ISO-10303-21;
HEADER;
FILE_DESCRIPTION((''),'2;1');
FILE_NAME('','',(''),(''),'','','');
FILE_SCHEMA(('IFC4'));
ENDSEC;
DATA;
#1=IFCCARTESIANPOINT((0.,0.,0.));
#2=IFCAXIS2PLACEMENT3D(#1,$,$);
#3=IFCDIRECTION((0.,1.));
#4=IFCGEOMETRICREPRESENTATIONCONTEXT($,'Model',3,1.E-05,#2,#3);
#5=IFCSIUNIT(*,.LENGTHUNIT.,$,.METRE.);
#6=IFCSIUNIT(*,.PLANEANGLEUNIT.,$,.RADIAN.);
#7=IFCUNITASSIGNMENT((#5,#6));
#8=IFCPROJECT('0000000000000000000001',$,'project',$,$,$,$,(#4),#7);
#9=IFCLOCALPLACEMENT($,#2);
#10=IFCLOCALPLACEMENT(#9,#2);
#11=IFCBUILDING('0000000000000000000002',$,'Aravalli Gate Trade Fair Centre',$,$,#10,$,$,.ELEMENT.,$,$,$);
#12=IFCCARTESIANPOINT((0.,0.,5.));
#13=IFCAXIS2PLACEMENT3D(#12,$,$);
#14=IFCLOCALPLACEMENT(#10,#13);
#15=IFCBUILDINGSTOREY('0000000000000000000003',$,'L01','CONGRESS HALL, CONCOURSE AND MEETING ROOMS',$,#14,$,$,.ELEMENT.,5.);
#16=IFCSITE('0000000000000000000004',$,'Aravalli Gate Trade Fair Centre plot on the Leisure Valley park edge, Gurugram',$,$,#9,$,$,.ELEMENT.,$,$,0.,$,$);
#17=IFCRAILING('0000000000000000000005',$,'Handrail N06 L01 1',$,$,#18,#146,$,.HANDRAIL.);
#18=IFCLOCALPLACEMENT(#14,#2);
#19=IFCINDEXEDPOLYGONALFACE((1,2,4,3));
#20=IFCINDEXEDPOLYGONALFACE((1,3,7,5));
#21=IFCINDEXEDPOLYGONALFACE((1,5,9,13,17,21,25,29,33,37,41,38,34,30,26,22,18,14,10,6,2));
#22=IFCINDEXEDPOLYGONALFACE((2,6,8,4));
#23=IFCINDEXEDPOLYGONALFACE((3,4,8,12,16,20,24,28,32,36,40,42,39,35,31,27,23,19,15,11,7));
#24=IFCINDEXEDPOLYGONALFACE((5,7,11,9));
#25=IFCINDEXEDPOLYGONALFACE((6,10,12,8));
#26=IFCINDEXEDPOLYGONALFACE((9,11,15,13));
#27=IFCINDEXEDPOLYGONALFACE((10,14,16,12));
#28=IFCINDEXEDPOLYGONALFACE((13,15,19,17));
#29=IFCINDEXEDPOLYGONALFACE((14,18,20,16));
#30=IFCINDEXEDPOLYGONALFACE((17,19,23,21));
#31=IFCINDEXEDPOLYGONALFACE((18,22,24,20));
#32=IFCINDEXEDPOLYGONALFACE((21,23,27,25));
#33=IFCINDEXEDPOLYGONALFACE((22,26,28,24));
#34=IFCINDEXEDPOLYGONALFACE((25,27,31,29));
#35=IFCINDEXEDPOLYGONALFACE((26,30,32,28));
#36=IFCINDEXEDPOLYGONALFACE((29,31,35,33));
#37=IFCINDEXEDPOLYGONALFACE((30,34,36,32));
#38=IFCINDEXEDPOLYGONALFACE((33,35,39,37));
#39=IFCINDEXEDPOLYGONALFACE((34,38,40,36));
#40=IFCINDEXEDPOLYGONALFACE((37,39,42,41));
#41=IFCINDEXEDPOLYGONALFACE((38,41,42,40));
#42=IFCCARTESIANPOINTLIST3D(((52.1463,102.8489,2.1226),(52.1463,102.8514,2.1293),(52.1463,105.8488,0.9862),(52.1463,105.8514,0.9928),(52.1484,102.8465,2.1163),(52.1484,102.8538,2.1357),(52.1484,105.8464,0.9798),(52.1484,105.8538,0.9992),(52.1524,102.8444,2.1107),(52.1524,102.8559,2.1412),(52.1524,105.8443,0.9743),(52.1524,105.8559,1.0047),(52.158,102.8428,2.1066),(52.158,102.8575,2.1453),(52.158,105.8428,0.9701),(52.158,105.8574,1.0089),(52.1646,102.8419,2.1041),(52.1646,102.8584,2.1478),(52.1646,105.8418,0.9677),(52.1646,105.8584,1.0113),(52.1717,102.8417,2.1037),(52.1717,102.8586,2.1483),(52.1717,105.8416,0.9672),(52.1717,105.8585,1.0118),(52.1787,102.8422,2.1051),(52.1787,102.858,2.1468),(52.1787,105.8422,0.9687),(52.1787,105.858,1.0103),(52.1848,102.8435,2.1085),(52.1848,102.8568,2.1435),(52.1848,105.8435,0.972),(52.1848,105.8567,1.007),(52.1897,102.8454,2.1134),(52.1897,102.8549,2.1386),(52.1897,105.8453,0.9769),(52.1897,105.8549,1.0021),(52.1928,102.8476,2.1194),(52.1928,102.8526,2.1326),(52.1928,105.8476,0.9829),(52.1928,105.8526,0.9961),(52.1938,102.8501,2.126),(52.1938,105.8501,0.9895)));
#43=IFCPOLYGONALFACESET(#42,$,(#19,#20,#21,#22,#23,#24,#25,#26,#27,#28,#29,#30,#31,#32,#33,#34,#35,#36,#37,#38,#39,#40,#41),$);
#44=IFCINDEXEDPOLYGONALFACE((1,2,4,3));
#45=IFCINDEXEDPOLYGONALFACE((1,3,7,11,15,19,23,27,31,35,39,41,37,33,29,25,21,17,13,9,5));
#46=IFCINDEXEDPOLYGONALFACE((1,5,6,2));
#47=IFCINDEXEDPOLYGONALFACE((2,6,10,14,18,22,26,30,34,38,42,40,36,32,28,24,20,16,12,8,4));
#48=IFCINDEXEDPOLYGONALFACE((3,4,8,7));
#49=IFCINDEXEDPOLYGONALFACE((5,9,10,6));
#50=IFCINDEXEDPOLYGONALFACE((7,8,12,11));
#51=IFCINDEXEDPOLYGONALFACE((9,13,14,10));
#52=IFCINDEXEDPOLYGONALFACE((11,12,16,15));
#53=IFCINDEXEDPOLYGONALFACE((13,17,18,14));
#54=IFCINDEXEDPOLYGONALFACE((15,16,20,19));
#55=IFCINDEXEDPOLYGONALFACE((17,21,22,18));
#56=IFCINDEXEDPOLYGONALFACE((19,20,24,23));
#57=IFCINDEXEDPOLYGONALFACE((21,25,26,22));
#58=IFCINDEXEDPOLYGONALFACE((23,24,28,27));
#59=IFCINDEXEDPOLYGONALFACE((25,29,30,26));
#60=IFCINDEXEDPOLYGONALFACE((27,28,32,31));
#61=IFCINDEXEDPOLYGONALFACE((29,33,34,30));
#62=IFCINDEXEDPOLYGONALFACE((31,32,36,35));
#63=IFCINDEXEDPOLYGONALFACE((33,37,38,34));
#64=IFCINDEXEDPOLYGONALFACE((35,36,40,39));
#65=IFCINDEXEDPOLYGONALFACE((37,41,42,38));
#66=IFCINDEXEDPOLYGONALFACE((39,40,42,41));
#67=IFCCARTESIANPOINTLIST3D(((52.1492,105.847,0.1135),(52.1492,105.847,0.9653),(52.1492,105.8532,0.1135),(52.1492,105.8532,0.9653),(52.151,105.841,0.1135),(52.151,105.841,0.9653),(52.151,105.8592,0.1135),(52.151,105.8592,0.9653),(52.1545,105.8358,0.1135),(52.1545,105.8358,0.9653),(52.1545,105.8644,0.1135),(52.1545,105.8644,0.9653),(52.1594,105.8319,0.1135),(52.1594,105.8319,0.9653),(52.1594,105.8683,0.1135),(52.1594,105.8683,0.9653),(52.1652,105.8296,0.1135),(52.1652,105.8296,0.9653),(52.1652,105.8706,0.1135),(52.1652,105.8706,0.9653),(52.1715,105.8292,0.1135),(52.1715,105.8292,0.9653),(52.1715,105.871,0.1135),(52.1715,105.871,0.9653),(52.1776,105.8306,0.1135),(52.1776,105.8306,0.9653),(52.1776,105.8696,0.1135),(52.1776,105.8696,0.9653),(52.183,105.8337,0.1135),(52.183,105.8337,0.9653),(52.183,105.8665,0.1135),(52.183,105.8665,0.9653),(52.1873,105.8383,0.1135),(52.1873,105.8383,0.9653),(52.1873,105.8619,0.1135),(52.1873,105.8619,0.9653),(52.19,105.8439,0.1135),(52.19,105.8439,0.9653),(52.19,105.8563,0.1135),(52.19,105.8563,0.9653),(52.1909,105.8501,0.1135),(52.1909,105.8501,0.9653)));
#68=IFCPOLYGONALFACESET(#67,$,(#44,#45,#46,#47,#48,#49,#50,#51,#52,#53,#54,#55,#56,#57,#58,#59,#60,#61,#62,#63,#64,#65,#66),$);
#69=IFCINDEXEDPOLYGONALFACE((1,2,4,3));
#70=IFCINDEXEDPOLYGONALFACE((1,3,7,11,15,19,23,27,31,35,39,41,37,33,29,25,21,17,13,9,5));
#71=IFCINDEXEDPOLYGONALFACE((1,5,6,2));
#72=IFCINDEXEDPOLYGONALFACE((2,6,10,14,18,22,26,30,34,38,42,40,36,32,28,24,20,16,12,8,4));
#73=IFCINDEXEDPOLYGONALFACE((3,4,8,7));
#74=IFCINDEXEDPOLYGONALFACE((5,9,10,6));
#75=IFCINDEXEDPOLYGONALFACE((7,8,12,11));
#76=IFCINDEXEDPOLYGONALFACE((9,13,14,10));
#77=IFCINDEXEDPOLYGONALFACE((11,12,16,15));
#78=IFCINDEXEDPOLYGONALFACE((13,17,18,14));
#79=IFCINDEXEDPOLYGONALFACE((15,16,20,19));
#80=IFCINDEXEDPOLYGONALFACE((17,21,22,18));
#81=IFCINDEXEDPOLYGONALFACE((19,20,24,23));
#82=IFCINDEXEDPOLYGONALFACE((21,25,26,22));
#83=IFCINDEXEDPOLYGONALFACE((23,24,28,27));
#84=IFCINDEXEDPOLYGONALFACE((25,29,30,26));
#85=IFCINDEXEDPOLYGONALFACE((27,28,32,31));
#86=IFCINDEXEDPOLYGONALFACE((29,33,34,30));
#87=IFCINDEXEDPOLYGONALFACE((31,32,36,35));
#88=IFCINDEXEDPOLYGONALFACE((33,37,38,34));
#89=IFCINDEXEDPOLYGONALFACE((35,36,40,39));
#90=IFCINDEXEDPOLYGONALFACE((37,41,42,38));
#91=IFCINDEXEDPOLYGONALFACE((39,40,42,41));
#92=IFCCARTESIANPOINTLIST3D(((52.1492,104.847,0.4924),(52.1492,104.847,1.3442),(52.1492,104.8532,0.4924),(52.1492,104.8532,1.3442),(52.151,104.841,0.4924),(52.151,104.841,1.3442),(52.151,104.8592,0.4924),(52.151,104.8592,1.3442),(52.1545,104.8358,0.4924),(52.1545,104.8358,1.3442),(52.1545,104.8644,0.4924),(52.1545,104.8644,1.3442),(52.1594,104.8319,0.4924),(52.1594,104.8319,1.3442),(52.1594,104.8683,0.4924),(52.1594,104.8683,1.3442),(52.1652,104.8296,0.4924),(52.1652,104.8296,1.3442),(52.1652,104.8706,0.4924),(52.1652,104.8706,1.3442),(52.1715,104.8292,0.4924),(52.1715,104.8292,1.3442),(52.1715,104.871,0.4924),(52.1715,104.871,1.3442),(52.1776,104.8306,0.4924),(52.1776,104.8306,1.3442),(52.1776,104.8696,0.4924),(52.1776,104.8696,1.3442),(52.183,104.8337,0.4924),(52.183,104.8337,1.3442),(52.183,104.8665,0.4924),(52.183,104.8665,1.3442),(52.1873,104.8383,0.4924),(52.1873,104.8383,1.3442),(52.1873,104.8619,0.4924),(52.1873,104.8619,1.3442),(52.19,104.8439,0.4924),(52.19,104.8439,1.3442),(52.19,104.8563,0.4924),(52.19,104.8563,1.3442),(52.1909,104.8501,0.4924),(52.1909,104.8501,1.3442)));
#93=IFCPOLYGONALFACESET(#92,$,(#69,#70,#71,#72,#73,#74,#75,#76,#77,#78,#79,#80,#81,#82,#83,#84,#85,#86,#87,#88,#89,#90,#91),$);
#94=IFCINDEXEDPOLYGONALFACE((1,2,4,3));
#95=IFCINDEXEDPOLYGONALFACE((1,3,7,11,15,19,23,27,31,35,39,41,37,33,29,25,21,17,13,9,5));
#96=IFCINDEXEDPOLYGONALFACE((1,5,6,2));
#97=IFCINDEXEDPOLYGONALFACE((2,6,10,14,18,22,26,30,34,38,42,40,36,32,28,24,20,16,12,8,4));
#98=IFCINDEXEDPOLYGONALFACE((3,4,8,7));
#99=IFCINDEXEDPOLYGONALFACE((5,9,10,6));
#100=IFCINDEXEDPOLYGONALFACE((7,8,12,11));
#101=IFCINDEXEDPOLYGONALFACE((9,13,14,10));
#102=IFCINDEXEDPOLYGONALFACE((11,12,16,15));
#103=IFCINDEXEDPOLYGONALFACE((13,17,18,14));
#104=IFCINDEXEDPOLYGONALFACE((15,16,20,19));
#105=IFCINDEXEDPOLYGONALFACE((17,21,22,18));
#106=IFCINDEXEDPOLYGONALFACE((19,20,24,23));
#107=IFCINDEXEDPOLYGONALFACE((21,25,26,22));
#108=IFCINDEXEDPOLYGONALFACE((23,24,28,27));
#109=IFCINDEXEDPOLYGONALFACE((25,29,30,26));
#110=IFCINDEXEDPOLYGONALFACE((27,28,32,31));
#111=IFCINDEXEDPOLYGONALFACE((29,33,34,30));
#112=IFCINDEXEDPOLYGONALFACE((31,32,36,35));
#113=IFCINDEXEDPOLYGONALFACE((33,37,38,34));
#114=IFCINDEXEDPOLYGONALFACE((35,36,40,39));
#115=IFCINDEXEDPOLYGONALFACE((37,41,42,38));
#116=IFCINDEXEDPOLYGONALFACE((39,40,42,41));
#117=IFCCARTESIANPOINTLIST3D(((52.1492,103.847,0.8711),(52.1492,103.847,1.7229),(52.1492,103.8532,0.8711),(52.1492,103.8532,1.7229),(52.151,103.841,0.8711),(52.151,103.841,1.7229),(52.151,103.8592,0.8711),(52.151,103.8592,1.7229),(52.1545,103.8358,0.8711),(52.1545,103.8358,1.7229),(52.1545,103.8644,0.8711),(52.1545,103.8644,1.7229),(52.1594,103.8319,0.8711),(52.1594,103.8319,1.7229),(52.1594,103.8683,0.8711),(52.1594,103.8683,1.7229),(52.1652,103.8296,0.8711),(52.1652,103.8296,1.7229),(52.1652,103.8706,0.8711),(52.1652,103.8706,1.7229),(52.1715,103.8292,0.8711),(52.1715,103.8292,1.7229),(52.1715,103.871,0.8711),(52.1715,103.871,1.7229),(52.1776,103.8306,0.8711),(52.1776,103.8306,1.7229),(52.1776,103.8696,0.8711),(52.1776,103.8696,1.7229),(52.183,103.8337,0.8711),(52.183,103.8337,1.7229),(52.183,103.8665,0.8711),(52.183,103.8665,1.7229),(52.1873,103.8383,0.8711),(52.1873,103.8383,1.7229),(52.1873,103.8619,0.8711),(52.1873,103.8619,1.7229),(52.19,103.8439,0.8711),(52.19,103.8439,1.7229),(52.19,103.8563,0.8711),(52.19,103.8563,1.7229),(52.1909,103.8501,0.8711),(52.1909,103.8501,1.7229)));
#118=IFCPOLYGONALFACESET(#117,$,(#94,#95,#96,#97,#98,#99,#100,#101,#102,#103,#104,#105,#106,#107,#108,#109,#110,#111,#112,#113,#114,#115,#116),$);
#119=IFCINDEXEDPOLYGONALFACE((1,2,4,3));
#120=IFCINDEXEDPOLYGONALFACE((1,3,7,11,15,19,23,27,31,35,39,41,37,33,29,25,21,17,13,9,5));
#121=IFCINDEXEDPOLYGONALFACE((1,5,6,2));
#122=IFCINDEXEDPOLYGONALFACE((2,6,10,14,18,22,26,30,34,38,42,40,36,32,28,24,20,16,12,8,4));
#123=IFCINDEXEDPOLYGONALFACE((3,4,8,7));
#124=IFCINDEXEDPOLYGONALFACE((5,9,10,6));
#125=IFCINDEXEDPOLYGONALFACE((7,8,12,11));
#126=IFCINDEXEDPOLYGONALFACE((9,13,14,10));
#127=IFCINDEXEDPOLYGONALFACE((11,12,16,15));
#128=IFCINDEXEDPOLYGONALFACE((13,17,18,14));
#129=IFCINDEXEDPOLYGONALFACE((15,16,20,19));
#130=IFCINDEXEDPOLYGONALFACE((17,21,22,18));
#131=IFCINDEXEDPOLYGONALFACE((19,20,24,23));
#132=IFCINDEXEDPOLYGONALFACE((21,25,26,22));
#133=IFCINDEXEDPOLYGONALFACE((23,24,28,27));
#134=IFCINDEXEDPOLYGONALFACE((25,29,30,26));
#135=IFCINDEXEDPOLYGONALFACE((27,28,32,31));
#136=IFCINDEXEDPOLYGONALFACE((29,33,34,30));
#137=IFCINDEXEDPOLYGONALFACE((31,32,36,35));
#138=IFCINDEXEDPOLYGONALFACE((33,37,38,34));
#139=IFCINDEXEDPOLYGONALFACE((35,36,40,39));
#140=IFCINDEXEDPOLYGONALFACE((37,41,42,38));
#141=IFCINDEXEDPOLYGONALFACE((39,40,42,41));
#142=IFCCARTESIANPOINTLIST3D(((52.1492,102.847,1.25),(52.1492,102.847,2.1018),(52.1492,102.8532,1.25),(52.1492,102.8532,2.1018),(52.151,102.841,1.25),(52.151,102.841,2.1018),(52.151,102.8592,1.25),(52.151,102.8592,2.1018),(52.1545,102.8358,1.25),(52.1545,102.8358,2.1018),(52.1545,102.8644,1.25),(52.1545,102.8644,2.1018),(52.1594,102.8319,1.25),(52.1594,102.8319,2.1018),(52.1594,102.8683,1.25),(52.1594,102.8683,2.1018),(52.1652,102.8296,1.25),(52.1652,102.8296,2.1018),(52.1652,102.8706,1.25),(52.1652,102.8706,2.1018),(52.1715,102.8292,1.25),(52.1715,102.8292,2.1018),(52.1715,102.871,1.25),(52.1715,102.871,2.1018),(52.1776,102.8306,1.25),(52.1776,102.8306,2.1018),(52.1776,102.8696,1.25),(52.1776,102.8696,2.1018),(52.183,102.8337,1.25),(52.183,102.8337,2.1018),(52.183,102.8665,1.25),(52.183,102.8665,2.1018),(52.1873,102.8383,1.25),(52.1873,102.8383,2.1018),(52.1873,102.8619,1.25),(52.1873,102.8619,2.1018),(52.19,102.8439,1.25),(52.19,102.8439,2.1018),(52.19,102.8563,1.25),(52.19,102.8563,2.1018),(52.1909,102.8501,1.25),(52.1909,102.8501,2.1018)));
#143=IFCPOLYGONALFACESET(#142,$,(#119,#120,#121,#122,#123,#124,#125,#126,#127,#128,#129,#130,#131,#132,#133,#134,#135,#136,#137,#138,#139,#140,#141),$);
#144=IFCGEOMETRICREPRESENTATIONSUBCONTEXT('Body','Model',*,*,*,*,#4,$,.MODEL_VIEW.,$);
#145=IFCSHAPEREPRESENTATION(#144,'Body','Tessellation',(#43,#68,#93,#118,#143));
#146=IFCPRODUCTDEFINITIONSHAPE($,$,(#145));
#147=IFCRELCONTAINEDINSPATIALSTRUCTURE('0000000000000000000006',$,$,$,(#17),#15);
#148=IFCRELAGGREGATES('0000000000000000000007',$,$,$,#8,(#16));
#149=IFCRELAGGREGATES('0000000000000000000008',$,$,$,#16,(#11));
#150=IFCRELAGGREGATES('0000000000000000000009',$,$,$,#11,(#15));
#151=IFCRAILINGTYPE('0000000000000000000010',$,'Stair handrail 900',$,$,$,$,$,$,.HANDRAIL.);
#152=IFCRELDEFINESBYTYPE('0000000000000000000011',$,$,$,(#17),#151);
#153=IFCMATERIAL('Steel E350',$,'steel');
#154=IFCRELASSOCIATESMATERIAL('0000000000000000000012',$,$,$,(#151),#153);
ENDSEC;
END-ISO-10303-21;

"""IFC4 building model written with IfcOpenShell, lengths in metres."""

from ifc_helpers import new_model, si_unit, direction, frame, origin, origin_2d, place, context, subcontext, project, spatial, circle, extrude, material, type_object, element, save


model = new_model("IFC4")

# Units and contexts
model_context = context("Model", 3, precision=1e-05, world=origin(), true_north=direction((0.0, 1.0)))
body_context = subcontext(model_context, "Body", "Model", "MODEL_VIEW")
ifc_project = project(units=[si_unit("LENGTHUNIT", "METRE"), si_unit("PLANEANGLEUNIT", "RADIAN")], contexts=[model_context])

# Site, building, storey
site_placement = place(None, origin())
site = spatial("IfcSite", under=ifc_project, at=site_placement, Name="Aravalli Gate Trade Fair Centre plot on the Leisure Valley park edge, Gurugram", CompositionType="ELEMENT", RefElevation=0.0)
building_placement = place(site_placement, origin())
building = spatial("IfcBuilding", under=site, at=building_placement, Name="Aravalli Gate Trade Fair Centre", CompositionType="ELEMENT")
storey_placement = place(building_placement, frame((0.0, 0.0, 5.0)))
storey = spatial("IfcBuildingStorey", under=building, at=storey_placement, Name="L01", Description="CONGRESS HALL, CONCOURSE AND MEETING ROOMS", CompositionType="ELEMENT", Elevation=5.0)

# Shared definitions
ifc_material_1 = material(Name="Steel E350", Category="steel")

# Railing
railing_type = type_object("IfcRailingType", Name="Stair handrail 900", PredefinedType="HANDRAIL", material=ifc_material_1)
for number, where, name in (
    (1, (52.1699, 105.8501, 0.1135), "Handrail N06 L01 1"),
):
    element("IfcRailing", number, at=place(storey_placement, frame(where)), inside=storey, type_object=railing_type, Name=name, PredefinedType="HANDRAIL", context=body_context, shape_type="SweptSolid", body=[
        extrude(circle(Radius=0.0239, at=origin_2d()), frame((0.0, 0.0, 0.876), z_axis=(0.0, -0.935148, 0.354257), x_axis=(1.0, 0.0, 0.0)), (0.0, 0.0, 1.0), 3.208),
        extrude(circle(Radius=0.021, at=origin_2d()), origin(), (0.0, 0.0, 1.0), 0.8518),
        extrude(circle(Radius=0.021, at=origin_2d()), frame((0.0, -1.0, 0.3789)), (0.0, 0.0, 1.0), 0.8518),
        extrude(circle(Radius=0.021, at=origin_2d()), frame((0.0, -2.0, 0.7576)), (0.0, 0.0, 1.0), 0.8518),
        extrude(circle(Radius=0.021, at=origin_2d()), frame((0.0, -3.0, 1.1365)), (0.0, 0.0, 1.0), 0.8518),
    ])

save(model, "model.ifc")
